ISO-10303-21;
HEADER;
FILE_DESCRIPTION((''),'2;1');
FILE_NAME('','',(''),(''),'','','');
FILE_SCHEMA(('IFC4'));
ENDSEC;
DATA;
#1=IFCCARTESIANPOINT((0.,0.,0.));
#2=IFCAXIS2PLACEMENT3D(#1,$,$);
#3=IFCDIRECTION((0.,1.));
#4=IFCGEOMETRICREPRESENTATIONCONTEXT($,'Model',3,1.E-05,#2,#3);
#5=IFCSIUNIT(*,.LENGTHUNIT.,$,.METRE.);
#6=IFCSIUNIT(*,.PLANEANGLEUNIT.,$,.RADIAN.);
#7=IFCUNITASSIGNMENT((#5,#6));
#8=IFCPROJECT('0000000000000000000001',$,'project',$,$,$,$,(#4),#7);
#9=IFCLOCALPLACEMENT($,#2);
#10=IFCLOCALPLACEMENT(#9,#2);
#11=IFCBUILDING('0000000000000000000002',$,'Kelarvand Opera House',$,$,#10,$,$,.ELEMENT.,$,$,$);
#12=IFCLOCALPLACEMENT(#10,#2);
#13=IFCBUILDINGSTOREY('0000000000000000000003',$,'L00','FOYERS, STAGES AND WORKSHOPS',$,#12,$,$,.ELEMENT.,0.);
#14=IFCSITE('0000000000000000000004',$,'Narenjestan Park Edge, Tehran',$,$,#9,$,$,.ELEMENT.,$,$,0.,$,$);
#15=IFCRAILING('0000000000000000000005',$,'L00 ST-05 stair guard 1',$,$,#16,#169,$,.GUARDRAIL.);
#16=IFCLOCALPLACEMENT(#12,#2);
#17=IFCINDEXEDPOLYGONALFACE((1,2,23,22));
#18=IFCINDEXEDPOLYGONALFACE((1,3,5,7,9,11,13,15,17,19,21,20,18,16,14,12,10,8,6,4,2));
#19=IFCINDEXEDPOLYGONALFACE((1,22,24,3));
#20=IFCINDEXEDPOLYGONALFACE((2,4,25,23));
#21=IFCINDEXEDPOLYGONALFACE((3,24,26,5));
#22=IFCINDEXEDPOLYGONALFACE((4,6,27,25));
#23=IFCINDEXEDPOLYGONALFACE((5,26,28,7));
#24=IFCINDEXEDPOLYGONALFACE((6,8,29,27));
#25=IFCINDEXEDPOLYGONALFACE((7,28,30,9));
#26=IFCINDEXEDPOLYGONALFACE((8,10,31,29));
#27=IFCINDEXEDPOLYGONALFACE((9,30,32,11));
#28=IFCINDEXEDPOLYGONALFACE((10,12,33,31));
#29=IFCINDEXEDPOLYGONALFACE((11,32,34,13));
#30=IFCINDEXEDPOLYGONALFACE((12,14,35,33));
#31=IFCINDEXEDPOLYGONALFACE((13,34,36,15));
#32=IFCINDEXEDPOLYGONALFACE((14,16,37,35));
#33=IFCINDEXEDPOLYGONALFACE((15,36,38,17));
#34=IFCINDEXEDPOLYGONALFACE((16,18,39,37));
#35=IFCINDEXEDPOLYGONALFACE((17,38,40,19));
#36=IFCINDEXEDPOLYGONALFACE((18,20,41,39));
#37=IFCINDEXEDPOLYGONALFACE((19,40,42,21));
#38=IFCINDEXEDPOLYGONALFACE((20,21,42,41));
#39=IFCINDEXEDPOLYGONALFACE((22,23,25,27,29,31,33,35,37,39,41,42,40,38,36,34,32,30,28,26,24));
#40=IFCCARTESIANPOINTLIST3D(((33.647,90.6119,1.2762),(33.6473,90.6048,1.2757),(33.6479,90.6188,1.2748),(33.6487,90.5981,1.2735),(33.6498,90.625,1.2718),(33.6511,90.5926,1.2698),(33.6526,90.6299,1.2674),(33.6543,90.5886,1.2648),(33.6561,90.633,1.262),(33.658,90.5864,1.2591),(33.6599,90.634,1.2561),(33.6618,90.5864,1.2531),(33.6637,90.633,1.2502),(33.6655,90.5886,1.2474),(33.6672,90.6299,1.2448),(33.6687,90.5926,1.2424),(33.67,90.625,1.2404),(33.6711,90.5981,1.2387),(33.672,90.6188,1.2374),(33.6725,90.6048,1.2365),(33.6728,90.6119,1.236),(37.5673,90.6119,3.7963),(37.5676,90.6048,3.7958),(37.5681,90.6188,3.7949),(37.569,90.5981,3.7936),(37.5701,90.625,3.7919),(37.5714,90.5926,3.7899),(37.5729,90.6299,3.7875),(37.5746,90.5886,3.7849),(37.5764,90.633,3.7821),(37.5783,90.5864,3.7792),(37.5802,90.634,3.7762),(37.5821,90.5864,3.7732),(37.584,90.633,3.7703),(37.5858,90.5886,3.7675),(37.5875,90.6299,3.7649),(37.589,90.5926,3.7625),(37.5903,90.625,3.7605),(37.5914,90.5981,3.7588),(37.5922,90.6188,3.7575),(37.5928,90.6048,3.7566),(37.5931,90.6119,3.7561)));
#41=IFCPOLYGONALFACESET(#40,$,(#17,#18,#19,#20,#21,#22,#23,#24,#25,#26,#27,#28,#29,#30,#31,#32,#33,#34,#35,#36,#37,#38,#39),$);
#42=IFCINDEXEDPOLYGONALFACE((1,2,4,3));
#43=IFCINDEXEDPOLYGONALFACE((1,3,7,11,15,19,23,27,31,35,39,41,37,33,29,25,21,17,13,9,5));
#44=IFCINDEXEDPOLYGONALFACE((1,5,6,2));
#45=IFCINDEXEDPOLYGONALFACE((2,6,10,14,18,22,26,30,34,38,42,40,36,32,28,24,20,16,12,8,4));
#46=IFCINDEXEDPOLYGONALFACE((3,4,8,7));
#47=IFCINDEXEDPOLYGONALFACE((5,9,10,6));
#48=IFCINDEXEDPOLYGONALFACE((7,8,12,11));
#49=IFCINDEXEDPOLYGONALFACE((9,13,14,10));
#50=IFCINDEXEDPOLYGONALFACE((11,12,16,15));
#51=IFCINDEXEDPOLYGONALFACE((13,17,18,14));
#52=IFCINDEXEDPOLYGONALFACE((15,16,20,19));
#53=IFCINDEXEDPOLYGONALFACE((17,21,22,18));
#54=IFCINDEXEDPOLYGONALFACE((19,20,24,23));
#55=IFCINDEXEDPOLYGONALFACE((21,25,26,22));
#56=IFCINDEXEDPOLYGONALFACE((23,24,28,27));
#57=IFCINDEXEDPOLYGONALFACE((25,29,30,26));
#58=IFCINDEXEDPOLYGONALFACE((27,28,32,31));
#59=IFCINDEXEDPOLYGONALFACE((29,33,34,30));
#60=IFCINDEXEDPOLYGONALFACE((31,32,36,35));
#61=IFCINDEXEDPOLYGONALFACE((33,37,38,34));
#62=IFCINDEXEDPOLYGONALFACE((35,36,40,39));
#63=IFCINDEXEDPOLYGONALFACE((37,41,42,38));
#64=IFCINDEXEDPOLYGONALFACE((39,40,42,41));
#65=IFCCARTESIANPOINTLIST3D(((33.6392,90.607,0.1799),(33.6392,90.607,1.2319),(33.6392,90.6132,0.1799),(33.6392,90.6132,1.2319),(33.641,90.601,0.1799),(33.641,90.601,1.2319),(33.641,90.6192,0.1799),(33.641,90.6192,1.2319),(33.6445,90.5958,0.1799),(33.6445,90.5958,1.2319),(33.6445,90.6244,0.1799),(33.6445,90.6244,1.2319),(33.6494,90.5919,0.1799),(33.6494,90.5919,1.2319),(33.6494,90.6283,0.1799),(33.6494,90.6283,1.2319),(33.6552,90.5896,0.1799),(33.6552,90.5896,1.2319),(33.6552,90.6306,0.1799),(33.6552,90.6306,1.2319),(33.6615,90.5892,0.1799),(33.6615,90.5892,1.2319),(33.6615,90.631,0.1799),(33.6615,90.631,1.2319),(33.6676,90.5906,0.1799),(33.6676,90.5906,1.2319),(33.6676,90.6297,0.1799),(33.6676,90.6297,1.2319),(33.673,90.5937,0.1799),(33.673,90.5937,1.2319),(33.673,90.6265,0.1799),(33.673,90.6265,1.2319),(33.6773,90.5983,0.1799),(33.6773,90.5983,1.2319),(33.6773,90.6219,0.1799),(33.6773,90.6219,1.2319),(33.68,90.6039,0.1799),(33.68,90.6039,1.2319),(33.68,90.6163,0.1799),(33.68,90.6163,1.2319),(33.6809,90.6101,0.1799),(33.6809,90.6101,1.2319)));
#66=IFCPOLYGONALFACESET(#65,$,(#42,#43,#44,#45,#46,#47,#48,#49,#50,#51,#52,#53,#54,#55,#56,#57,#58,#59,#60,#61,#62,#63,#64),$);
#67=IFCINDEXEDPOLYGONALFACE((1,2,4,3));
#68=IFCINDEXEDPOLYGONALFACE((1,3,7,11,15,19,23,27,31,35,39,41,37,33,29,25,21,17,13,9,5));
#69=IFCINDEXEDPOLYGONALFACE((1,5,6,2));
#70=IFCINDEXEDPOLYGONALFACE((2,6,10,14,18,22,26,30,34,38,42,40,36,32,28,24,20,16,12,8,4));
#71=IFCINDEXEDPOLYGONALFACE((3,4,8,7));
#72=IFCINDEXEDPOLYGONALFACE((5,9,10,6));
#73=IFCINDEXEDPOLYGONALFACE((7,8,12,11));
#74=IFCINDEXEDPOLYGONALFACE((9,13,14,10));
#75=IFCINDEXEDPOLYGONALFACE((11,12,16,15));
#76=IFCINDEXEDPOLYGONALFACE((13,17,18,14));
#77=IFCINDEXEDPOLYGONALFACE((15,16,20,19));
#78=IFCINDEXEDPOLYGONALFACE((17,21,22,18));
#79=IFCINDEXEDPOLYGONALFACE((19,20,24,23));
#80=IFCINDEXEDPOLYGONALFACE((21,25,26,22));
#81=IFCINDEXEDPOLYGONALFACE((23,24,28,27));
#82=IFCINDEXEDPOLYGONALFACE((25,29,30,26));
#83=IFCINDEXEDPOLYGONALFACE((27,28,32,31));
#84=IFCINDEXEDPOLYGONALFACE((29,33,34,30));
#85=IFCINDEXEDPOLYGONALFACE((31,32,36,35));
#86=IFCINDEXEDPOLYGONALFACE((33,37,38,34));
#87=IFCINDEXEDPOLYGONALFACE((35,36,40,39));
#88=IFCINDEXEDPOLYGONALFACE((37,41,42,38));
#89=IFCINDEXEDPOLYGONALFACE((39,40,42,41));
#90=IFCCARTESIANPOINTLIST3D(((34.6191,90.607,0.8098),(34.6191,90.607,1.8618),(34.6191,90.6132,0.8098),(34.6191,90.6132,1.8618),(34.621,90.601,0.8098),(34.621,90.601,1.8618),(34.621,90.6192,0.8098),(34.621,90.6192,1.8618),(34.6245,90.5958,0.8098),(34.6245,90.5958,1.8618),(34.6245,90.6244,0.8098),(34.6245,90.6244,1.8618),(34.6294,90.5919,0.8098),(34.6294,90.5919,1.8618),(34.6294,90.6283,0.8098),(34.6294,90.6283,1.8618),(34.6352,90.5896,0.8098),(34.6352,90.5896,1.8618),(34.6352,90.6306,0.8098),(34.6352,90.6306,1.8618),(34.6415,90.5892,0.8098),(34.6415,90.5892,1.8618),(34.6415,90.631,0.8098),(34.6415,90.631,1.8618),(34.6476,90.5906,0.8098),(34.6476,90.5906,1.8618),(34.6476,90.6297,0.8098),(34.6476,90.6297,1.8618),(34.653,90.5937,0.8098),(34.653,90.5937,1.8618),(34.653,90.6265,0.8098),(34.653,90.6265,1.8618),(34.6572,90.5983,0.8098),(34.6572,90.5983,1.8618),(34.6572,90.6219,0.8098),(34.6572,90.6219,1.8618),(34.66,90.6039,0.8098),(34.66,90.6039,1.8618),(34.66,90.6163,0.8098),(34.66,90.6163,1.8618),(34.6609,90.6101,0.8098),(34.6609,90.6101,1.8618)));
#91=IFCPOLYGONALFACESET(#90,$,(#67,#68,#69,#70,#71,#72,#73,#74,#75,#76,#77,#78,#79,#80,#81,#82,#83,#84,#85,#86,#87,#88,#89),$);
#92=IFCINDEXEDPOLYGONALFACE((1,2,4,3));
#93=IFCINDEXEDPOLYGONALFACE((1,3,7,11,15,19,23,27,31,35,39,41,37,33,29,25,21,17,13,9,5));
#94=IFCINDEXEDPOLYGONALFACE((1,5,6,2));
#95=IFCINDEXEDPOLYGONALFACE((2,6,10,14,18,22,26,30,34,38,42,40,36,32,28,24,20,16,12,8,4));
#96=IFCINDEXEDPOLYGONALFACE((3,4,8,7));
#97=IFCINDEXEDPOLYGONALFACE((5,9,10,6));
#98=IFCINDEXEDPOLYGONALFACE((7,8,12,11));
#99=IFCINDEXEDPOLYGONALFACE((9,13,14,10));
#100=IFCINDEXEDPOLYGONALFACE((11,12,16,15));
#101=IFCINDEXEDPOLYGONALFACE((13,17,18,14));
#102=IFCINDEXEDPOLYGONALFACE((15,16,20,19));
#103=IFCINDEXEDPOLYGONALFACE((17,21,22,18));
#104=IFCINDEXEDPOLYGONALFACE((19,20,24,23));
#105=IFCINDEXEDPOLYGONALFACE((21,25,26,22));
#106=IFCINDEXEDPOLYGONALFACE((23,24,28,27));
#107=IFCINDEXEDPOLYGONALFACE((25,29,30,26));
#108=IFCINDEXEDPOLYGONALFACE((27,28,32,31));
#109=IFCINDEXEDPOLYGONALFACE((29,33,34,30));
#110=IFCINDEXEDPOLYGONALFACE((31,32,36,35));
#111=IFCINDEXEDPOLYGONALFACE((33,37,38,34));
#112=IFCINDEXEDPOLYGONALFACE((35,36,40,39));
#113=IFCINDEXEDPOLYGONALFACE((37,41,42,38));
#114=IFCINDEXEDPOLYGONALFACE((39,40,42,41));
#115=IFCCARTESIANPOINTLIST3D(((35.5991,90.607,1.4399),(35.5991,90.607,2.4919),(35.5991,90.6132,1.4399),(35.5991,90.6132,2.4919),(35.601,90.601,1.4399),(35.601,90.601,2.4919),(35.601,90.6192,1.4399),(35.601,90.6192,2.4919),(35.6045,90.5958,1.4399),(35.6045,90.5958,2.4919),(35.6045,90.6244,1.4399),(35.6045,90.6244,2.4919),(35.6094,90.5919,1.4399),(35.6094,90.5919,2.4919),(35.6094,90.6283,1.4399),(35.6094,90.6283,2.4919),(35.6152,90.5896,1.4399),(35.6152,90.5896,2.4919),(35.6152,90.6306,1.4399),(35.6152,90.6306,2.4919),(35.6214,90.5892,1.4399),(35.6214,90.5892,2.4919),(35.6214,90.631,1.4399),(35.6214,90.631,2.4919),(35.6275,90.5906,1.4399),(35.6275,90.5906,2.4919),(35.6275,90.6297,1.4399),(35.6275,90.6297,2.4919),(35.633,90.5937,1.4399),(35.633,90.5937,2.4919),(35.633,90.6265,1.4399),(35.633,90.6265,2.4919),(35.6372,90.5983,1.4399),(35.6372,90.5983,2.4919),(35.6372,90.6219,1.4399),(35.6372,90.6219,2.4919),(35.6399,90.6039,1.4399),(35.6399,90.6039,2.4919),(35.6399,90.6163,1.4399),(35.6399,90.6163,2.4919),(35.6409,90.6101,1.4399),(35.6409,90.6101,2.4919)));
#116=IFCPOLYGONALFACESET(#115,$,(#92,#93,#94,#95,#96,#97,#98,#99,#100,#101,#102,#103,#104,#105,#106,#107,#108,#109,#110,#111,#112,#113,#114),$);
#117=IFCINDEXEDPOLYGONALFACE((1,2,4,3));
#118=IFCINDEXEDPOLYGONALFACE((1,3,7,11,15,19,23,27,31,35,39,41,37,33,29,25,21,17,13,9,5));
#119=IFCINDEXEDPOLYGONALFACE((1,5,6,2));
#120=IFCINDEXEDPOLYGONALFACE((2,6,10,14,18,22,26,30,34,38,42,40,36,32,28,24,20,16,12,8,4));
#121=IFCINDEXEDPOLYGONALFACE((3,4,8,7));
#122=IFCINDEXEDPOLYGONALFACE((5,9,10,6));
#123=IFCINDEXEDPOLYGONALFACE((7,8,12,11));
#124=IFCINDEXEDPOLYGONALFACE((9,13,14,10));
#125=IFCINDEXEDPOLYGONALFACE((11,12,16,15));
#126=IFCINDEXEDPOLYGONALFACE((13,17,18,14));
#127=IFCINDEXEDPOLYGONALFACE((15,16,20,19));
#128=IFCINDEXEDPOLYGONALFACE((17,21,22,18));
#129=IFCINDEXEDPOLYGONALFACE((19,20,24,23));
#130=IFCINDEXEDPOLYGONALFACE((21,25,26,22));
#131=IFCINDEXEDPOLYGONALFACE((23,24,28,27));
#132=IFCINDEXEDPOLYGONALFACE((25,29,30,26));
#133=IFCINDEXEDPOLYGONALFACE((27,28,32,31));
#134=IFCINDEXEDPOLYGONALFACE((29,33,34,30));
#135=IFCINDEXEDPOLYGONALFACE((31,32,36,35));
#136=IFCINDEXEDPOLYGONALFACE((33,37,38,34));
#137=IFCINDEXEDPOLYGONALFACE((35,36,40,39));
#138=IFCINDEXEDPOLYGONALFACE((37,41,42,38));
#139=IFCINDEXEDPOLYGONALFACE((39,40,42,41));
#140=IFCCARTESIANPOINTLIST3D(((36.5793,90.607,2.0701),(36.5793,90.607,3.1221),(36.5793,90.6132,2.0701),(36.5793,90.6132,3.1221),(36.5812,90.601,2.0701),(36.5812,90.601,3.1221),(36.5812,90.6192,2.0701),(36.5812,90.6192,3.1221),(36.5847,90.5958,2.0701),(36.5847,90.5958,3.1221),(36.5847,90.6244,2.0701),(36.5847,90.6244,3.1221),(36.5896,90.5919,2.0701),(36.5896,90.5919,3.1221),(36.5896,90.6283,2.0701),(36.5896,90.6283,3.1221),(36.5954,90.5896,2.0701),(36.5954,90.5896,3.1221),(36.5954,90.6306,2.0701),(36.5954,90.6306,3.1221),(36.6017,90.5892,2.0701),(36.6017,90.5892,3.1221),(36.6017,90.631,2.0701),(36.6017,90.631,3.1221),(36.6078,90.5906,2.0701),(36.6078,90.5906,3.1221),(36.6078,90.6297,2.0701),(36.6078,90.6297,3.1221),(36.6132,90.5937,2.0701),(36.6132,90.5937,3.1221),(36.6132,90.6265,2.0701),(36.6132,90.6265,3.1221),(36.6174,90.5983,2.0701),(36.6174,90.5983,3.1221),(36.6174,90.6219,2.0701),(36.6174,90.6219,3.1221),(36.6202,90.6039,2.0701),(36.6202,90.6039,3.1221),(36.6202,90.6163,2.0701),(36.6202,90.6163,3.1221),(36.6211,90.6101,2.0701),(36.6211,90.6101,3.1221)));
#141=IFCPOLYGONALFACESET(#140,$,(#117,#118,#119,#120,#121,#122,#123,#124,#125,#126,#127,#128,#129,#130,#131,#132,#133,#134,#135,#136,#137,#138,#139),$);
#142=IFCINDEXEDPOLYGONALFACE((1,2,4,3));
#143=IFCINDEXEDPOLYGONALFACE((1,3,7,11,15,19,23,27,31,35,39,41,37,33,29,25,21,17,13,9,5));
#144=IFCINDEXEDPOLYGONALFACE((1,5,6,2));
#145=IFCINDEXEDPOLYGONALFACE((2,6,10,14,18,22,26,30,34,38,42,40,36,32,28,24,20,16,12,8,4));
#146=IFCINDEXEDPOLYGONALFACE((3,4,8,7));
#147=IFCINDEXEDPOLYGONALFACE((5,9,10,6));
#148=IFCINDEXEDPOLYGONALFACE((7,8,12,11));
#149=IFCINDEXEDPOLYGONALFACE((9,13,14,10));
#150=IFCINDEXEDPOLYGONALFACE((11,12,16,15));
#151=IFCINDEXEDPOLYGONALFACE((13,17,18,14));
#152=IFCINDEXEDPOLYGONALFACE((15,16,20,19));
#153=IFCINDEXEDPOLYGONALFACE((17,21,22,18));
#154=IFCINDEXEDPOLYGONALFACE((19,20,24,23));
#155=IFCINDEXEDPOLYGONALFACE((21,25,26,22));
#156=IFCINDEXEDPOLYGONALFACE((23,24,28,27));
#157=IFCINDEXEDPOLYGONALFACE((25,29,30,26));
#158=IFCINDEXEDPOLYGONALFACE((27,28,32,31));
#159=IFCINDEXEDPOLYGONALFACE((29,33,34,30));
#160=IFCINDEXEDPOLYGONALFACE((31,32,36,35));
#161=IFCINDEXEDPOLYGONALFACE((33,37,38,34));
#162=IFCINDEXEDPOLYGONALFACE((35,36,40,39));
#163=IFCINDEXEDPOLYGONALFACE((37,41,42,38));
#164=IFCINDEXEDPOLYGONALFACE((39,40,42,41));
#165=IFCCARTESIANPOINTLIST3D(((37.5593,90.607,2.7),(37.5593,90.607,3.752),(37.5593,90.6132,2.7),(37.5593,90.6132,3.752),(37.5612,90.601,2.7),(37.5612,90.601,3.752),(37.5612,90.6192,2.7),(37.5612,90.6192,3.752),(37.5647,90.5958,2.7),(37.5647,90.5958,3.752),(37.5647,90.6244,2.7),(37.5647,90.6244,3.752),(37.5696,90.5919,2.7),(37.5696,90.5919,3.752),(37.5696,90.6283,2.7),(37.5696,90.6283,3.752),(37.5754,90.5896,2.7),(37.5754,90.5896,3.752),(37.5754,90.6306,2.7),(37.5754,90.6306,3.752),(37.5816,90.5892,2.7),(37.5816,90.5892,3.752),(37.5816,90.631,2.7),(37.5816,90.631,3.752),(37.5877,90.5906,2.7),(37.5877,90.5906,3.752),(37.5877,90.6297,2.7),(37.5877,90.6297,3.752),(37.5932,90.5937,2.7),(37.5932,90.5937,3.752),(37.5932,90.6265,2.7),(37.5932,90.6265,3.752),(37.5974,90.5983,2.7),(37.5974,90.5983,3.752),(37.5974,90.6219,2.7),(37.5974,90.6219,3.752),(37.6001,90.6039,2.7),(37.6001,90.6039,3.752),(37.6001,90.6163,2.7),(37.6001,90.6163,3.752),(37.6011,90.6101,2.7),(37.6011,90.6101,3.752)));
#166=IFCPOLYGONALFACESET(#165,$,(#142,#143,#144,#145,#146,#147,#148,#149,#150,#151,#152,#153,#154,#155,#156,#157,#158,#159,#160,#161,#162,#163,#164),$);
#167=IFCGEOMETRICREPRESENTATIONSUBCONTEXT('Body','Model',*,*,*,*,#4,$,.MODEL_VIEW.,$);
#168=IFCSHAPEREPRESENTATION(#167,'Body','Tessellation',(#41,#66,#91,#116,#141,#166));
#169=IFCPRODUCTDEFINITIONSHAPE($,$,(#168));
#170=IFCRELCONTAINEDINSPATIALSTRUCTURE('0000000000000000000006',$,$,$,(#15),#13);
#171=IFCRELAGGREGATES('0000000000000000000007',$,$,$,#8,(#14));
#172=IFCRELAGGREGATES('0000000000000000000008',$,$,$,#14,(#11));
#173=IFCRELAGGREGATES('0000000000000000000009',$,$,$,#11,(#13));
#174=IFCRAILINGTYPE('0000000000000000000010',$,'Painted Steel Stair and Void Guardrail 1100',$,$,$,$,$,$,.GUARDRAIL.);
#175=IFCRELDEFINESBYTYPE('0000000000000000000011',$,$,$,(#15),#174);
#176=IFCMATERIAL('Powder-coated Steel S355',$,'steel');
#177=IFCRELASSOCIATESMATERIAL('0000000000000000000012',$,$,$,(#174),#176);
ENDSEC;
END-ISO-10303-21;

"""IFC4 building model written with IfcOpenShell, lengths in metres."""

from ifc_helpers import new_model, si_unit, direction, frame, origin, origin_2d, place, context, subcontext, project, spatial, circle, extrude, material, type_object, element, save


model = new_model("IFC4")

# Units and contexts
model_context = context("Model", 3, precision=1e-05, world=origin(), true_north=direction((0.0, 1.0)))
body_context = subcontext(model_context, "Body", "Model", "MODEL_VIEW")
ifc_project = project(units=[si_unit("LENGTHUNIT", "METRE"), si_unit("PLANEANGLEUNIT", "RADIAN")], contexts=[model_context])

# Site, building, storey
site_placement = place(None, origin())
site = spatial("IfcSite", under=ifc_project, at=site_placement, Name="Narenjestan Park Edge, Tehran", CompositionType="ELEMENT", RefElevation=0.0)
building_placement = place(site_placement, origin())
building = spatial("IfcBuilding", under=site, at=building_placement, Name="Kelarvand Opera House", CompositionType="ELEMENT")
storey_placement = place(building_placement, origin())
storey = spatial("IfcBuildingStorey", under=building, at=storey_placement, Name="L00", Description="FOYERS, STAGES AND WORKSHOPS", CompositionType="ELEMENT", Elevation=0.0)

# Railing
ifc_material_1 = material(Name="Powder-coated Steel S355", Category="steel")
railing_type_1 = type_object("IfcRailingType", Name="Painted Steel Stair and Void Guardrail 1100", PredefinedType="GUARDRAIL", material=ifc_material_1)
railing_1_placement = place(storey_placement, frame((33.6599, 90.6101, 0.1799)))
element("IfcRailing", 1, at=railing_1_placement, inside=storey, type_object=railing_type_1, Name="L00 ST-05 stair guard 1", PredefinedType="GUARDRAIL", context=body_context, shape_type="SweptSolid", body=[
    extrude(circle(Radius=0.0239, at=origin_2d()), frame((0.0, 0.0, 1.0762), z_axis=(0.841187, 0.0, 0.540744), x_axis=(0.0, 1.0, 0.0)), (0.0, 0.0, 1.0), 4.6604),
    extrude(circle(Radius=0.021, at=origin_2d()), origin(), (0.0, 0.0, 1.0), 1.052),
    extrude(circle(Radius=0.021, at=origin_2d()), frame((0.98, 0.0, 0.6299)), (0.0, 0.0, 1.0), 1.052),
    extrude(circle(Radius=0.021, at=origin_2d()), frame((1.96, 0.0, 1.26)), (0.0, 0.0, 1.0), 1.052),
    extrude(circle(Radius=0.021, at=origin_2d()), frame((2.9402, 0.0, 1.8901)), (0.0, 0.0, 1.0), 1.052),
    extrude(circle(Radius=0.021, at=origin_2d()), frame((3.9202, 0.0, 2.52)), (0.0, 0.0, 1.0), 1.052),
])

save(model, "model.ifc")
